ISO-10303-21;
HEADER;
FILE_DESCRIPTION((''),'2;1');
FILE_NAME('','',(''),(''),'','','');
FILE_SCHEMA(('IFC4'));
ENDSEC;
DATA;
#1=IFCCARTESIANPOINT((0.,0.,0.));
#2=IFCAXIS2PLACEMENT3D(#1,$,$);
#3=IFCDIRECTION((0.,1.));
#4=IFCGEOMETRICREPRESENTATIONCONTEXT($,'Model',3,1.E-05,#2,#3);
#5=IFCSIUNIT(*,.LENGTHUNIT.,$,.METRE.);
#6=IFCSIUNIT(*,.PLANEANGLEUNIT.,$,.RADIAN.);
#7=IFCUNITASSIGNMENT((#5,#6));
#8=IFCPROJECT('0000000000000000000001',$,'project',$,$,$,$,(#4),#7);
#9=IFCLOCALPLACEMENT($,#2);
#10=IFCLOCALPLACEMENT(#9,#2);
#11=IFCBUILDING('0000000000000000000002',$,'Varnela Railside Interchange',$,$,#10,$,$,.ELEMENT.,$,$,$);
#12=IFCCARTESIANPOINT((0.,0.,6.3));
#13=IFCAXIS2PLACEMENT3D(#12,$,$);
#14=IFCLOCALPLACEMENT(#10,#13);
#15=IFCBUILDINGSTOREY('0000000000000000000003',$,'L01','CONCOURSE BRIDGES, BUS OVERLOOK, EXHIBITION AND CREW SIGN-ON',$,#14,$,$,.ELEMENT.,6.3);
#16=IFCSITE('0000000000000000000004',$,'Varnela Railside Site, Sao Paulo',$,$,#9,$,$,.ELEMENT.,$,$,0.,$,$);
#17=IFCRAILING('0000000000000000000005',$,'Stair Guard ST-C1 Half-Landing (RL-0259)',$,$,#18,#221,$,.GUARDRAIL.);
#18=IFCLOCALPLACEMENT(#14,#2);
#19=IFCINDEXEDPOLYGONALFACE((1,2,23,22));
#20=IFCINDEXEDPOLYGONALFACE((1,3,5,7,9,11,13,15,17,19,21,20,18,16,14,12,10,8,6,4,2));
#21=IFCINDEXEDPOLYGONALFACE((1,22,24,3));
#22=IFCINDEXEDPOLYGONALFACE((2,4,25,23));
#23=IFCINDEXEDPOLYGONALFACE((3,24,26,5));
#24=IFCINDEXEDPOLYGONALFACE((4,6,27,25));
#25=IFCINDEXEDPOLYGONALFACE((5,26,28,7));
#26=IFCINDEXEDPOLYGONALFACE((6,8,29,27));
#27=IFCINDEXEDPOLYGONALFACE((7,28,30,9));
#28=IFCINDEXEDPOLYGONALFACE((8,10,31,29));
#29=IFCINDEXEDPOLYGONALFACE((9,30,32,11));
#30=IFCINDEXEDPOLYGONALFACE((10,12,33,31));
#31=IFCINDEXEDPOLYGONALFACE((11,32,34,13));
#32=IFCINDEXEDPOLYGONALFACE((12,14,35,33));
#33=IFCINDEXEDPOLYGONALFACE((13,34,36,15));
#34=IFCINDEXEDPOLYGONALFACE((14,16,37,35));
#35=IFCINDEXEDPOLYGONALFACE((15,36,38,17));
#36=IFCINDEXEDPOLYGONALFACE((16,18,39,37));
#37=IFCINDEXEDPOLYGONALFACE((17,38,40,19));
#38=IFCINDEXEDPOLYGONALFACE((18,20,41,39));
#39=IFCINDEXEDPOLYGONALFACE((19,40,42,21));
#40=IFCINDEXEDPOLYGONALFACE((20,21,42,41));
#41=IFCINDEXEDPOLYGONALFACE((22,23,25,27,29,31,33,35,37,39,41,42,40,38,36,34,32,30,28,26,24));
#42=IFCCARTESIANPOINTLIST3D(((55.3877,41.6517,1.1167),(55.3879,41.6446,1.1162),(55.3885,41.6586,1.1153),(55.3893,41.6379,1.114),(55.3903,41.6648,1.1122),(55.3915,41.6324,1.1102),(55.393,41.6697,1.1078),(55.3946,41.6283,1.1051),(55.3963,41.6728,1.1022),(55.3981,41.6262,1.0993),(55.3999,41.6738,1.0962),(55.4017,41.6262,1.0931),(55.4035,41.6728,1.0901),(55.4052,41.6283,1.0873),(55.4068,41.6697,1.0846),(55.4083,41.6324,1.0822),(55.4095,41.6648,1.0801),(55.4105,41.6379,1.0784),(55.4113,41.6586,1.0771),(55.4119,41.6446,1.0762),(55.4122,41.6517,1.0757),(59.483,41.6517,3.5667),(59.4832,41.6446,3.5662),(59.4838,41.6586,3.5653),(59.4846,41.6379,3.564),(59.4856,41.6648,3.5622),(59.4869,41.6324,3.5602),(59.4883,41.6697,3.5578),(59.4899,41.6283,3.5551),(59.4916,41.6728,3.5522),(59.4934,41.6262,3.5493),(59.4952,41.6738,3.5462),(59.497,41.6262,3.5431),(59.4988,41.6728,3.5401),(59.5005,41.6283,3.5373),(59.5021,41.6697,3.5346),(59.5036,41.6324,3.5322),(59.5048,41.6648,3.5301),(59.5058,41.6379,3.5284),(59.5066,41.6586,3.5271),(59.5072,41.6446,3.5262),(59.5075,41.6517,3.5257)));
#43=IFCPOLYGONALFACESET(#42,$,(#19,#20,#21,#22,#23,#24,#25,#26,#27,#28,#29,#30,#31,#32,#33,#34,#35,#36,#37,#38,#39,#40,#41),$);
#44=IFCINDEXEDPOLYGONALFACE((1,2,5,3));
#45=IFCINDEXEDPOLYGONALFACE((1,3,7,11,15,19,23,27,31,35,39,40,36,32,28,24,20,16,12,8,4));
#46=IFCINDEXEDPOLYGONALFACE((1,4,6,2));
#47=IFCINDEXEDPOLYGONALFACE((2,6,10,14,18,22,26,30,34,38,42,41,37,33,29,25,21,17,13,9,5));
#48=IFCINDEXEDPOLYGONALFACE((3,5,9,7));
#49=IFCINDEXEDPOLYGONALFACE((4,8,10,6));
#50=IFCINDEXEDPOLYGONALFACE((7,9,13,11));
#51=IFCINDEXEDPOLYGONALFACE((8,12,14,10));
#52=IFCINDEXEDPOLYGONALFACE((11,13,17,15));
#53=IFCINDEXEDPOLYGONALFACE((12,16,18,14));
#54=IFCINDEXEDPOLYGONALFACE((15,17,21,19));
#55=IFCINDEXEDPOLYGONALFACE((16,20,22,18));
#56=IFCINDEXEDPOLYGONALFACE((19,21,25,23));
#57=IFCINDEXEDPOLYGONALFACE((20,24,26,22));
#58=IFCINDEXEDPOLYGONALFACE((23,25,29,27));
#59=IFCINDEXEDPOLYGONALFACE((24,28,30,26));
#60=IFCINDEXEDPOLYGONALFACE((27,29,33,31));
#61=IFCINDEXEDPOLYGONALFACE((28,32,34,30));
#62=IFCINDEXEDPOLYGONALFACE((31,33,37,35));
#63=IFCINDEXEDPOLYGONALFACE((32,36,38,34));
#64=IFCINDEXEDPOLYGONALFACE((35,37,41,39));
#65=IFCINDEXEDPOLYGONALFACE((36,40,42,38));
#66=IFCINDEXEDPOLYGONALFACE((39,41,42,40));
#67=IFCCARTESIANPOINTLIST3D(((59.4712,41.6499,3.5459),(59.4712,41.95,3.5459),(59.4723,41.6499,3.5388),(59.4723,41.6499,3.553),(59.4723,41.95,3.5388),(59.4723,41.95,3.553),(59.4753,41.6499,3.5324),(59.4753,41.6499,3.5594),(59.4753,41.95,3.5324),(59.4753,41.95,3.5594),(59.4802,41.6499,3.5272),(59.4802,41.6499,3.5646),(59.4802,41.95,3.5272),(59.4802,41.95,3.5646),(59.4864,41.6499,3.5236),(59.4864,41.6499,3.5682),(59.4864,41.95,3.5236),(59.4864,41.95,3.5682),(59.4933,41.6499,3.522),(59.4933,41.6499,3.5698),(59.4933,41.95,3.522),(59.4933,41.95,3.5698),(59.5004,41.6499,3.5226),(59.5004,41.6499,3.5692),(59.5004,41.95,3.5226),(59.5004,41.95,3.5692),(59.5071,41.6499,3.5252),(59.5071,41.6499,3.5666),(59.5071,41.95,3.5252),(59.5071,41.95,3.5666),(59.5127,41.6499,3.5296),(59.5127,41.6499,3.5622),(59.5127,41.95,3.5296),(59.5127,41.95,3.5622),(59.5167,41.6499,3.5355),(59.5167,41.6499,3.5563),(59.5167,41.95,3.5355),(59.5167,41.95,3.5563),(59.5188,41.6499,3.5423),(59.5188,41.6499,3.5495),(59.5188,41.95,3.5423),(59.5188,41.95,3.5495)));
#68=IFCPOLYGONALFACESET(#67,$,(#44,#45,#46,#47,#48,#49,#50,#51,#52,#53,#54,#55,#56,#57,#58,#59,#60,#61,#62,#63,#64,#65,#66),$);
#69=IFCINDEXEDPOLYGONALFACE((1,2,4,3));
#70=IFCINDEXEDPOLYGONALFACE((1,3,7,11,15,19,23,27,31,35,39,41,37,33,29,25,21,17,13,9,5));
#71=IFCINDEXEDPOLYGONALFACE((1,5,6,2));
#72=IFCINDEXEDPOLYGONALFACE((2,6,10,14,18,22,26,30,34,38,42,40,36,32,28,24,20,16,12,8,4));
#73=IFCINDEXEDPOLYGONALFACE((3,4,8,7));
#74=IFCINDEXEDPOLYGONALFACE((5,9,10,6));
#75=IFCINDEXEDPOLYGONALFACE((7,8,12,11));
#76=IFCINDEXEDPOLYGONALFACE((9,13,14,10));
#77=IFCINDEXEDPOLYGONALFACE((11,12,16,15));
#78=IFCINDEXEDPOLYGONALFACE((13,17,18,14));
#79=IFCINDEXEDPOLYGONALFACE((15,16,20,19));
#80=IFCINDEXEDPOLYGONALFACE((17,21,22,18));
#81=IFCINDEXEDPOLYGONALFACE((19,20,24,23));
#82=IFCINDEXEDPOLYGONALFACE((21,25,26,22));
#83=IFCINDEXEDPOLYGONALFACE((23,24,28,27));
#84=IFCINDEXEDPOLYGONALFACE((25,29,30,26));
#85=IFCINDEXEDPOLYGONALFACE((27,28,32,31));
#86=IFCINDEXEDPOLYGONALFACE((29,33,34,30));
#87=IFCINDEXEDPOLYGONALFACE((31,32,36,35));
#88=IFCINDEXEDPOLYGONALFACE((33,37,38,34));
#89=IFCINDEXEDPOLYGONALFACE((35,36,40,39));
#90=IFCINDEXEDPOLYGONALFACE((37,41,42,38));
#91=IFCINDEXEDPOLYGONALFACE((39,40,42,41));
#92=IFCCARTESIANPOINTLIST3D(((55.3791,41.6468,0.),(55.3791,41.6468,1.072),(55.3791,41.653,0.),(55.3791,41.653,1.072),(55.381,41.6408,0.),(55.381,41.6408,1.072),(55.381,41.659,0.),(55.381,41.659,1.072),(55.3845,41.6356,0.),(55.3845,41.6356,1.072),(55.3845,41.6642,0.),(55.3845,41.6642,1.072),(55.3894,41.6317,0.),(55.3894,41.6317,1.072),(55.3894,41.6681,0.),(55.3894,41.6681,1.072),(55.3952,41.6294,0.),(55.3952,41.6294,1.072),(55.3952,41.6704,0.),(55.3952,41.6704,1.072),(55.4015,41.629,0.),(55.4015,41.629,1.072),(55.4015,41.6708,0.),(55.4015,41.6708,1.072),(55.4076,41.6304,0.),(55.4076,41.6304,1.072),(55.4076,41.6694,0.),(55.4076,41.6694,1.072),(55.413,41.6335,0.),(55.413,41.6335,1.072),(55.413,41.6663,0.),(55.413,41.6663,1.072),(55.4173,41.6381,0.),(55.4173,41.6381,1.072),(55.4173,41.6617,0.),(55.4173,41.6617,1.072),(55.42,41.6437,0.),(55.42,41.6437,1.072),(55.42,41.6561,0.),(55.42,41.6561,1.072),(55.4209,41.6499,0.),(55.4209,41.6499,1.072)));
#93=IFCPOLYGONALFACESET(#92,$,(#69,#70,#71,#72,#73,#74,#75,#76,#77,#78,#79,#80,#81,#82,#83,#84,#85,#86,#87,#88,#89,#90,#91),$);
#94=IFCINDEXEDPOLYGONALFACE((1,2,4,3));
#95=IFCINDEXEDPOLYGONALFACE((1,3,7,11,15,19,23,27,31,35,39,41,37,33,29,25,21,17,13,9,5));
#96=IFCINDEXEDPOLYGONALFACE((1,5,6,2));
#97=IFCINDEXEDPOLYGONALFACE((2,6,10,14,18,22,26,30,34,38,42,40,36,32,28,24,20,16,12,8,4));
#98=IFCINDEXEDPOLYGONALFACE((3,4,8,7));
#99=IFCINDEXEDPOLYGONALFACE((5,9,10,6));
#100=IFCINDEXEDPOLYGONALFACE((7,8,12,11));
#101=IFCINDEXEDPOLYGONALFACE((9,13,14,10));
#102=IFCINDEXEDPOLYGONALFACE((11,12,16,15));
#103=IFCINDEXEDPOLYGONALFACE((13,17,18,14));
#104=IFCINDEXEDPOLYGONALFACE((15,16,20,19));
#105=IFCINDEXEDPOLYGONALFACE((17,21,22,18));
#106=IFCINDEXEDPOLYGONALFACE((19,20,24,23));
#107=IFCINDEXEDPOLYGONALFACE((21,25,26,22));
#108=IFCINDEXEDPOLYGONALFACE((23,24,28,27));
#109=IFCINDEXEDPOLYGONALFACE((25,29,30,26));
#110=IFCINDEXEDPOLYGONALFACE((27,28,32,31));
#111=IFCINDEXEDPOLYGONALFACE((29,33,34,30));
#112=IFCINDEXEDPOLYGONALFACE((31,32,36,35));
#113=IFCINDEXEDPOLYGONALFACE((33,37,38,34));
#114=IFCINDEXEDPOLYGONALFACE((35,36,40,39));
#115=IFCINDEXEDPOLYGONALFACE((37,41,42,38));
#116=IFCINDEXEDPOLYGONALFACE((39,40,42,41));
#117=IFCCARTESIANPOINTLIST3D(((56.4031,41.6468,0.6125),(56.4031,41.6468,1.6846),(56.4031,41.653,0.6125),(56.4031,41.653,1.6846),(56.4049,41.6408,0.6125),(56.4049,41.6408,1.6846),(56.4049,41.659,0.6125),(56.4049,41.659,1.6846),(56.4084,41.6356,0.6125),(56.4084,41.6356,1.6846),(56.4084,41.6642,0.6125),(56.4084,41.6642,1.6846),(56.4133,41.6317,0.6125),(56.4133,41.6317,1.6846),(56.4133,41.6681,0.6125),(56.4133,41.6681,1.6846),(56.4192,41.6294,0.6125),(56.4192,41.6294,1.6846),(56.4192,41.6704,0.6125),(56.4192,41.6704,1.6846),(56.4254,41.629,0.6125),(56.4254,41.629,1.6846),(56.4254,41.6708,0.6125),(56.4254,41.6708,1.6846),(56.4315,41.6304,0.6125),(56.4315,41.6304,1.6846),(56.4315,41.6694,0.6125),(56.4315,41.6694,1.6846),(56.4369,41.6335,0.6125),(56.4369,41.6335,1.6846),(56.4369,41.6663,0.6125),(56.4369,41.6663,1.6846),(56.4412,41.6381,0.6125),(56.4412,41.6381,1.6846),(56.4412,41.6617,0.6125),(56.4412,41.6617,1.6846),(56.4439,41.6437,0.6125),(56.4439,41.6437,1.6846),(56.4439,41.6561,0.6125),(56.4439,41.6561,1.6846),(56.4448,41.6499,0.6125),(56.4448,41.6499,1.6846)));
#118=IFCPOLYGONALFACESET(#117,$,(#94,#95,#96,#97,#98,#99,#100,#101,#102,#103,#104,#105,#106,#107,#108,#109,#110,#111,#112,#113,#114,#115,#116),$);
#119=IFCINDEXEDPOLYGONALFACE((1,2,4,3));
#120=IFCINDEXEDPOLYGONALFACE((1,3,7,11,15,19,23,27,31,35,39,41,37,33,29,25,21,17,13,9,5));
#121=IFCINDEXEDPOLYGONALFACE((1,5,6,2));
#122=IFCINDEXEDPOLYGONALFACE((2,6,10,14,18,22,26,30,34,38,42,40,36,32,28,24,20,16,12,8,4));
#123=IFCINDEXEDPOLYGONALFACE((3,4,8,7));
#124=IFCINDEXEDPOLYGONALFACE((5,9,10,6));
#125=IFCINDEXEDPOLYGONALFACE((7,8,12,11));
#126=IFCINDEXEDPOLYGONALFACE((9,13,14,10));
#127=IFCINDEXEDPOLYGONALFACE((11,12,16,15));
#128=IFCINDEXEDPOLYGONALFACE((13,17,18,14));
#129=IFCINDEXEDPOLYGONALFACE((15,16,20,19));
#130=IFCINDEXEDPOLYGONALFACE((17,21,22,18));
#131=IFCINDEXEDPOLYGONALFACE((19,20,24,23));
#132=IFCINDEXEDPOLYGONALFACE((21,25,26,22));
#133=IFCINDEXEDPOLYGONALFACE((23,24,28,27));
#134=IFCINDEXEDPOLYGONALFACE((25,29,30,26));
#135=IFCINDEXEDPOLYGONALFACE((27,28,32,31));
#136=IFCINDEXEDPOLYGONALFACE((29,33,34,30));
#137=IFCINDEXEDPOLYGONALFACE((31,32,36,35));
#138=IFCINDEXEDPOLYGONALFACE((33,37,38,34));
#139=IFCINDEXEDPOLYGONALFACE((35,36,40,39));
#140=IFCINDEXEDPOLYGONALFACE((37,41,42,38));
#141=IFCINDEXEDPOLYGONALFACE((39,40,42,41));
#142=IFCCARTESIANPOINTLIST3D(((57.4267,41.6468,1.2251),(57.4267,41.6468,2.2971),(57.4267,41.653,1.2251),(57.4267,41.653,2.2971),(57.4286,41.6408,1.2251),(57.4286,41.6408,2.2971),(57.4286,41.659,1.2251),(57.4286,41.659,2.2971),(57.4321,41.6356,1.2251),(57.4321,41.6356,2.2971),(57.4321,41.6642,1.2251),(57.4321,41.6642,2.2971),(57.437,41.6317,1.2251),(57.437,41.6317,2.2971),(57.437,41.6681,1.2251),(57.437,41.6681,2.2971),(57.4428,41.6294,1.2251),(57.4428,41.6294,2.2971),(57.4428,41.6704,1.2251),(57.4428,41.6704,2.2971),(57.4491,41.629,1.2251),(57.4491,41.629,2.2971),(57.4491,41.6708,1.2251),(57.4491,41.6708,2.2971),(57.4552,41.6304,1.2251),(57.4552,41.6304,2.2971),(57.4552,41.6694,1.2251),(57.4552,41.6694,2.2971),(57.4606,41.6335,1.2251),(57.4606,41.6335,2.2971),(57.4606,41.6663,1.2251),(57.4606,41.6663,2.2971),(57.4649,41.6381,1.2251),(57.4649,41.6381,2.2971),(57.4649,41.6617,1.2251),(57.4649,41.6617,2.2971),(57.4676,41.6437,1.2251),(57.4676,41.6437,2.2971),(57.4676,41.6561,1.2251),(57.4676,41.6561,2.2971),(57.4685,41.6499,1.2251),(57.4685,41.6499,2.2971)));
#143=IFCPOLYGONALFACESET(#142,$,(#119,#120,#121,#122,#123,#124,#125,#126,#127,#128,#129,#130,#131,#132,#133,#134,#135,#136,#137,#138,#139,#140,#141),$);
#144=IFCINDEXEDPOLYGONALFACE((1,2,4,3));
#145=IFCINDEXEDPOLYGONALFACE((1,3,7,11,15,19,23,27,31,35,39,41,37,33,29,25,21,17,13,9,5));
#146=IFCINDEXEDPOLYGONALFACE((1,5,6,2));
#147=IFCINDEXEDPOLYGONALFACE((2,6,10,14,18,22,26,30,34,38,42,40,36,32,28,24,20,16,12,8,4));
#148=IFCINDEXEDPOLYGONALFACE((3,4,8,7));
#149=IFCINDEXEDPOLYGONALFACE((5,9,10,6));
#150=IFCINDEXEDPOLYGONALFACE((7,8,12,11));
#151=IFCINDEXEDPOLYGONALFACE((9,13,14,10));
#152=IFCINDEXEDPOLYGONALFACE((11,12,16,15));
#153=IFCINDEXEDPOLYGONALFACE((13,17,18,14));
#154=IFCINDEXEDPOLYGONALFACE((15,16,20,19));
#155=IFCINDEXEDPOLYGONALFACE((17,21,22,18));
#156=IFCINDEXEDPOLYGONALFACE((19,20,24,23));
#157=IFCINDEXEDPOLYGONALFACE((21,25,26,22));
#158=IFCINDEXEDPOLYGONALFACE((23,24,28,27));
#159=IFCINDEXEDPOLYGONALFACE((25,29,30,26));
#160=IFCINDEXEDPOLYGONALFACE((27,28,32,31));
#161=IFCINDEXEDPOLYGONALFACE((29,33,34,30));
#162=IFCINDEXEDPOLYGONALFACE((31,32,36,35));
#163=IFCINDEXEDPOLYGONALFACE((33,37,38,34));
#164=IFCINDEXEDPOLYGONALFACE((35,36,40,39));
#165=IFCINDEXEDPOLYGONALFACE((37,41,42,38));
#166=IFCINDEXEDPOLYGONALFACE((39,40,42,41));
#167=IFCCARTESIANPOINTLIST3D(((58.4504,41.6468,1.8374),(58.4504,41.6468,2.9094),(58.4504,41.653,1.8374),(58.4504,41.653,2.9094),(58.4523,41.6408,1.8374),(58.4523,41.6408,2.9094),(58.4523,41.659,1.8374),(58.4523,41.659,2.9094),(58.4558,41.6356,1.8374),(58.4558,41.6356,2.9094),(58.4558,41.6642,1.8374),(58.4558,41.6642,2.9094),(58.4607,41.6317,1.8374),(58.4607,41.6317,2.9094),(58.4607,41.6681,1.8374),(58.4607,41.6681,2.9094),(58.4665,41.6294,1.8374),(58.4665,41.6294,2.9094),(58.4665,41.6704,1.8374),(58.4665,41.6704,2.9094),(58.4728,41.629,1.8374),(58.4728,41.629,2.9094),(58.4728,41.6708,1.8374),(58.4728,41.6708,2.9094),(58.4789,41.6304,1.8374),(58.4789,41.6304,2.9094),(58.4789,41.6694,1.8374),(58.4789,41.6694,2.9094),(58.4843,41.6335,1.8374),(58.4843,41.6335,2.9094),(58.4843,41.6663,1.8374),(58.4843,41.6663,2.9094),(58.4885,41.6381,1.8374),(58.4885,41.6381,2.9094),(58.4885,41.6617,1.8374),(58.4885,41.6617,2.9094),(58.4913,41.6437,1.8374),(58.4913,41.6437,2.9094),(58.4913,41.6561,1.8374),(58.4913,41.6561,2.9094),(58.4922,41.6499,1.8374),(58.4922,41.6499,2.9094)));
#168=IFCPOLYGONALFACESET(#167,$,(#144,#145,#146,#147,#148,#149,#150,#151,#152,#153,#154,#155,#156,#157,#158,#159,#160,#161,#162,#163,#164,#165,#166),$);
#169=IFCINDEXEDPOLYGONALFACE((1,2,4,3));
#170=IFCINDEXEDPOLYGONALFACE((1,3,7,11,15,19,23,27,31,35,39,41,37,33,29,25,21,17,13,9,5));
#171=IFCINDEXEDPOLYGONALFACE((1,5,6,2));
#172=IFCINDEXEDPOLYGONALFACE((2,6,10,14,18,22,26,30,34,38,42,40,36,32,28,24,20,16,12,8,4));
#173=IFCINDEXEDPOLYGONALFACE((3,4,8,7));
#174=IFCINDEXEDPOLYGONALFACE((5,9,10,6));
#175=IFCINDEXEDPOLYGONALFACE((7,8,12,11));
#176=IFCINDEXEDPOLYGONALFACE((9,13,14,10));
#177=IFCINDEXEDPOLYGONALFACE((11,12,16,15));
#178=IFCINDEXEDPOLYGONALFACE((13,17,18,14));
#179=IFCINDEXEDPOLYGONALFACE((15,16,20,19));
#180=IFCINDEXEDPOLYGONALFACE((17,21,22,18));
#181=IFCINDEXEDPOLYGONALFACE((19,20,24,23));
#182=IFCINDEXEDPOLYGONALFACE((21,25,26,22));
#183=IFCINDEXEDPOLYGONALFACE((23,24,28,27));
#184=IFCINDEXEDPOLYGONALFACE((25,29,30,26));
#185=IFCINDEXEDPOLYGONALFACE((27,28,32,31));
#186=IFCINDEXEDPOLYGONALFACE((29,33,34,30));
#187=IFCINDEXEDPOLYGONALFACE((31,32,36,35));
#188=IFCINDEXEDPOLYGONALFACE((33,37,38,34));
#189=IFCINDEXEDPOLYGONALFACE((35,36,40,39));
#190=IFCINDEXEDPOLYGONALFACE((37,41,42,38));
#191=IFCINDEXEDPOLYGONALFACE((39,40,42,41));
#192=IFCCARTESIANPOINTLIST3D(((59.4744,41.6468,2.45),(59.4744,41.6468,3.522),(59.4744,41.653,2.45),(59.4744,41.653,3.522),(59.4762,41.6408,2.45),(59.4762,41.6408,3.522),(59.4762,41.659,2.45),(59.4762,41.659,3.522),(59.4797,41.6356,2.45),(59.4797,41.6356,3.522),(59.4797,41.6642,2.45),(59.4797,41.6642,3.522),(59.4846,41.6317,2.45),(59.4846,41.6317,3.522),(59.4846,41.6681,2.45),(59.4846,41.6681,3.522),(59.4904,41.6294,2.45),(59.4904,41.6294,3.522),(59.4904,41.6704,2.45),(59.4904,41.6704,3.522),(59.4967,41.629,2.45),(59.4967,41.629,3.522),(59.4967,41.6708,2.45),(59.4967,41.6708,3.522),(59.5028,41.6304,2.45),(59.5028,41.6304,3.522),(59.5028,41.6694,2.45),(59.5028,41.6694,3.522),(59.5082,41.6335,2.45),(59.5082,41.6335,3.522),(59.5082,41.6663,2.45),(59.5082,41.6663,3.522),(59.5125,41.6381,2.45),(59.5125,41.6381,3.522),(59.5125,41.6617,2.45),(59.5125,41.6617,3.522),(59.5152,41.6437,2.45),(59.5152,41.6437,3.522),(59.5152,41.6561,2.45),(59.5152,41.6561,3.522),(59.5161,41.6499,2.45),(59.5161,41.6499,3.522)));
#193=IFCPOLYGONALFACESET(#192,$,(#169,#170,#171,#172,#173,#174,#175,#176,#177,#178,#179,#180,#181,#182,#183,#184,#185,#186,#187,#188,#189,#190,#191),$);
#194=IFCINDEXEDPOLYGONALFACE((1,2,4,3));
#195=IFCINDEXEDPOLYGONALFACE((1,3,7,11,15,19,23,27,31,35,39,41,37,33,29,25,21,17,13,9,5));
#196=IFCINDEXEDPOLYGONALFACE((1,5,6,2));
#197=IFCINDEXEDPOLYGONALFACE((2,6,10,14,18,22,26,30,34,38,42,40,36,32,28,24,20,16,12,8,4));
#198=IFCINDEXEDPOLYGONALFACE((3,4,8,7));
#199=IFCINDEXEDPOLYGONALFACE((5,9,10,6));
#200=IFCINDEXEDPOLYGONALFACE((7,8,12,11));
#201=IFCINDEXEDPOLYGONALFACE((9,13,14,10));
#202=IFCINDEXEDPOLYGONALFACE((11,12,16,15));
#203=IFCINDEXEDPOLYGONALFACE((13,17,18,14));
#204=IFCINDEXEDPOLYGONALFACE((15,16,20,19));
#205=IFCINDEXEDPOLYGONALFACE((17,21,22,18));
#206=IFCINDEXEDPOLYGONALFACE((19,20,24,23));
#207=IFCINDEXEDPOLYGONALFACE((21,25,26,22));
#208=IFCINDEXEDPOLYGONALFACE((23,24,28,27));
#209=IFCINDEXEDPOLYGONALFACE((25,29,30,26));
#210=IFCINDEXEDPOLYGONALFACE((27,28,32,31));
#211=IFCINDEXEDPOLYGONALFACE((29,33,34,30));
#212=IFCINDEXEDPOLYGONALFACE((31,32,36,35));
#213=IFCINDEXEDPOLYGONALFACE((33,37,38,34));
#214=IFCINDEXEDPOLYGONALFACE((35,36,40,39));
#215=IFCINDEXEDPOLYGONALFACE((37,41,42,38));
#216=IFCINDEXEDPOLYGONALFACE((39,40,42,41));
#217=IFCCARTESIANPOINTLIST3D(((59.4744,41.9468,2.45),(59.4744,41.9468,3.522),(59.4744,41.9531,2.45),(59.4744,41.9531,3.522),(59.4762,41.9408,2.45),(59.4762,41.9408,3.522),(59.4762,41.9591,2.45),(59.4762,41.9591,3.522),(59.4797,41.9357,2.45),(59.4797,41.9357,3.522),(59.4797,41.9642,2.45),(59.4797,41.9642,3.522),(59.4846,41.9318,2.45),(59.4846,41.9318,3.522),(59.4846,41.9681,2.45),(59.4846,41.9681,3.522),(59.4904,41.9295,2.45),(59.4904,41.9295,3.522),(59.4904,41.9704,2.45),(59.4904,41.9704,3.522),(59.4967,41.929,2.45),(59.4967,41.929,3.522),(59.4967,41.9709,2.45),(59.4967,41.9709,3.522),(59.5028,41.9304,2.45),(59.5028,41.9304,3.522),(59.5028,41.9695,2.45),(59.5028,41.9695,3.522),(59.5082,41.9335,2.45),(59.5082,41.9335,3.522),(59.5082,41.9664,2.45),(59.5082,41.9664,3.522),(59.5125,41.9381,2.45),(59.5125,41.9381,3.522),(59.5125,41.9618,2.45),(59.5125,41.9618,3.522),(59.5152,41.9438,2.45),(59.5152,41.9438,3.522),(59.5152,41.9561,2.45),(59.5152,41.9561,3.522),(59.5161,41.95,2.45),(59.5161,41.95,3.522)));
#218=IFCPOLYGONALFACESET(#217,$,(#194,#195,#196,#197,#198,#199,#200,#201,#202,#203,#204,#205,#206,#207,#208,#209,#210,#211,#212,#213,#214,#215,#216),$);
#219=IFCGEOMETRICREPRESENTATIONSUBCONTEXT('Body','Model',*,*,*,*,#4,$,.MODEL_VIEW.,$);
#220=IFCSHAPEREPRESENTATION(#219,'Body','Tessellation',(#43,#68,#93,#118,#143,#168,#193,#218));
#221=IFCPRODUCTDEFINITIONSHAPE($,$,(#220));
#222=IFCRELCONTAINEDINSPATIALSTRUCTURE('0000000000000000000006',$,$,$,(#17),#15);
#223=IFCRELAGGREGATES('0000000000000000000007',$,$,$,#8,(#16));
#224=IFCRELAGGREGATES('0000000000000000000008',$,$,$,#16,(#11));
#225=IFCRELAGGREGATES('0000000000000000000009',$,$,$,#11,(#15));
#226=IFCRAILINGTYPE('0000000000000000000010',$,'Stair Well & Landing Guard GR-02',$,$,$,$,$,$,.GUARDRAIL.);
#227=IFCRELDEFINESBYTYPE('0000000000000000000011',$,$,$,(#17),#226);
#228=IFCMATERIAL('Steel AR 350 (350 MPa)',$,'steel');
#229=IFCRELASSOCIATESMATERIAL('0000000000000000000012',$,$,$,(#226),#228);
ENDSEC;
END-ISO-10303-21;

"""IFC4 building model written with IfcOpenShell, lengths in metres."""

from ifc_helpers import new_model, si_unit, direction, frame, origin, origin_2d, place, context, subcontext, project, spatial, circle, extrude, material, type_object, element, save


model = new_model("IFC4")

# Units and contexts
model_context = context("Model", 3, precision=1e-05, world=origin(), true_north=direction((0.0, 1.0)))
body_context = subcontext(model_context, "Body", "Model", "MODEL_VIEW")
ifc_project = project(units=[si_unit("LENGTHUNIT", "METRE"), si_unit("PLANEANGLEUNIT", "RADIAN")], contexts=[model_context])

# Site, building, storey
site_placement = place(None, origin())
site = spatial("IfcSite", under=ifc_project, at=site_placement, Name="Varnela Railside Site, Sao Paulo", CompositionType="ELEMENT", RefElevation=0.0)
building_placement = place(site_placement, origin())
building = spatial("IfcBuilding", under=site, at=building_placement, Name="Varnela Railside Interchange", CompositionType="ELEMENT")
storey_placement = place(building_placement, frame((0.0, 0.0, 6.3)))
storey = spatial("IfcBuildingStorey", under=building, at=storey_placement, Name="L01", Description="CONCOURSE BRIDGES, BUS OVERLOOK, EXHIBITION AND CREW SIGN-ON", CompositionType="ELEMENT", Elevation=6.3)

# Shared definitions
ifc_material_1 = material(Name="Steel AR 350 (350 MPa)", Category="steel")

# Railing
railing_type_1 = type_object("IfcRailingType", Name="Stair Well & Landing Guard GR-02", PredefinedType="GUARDRAIL", material=ifc_material_1)
railing_1_placement = place(storey_placement, frame((55.3999, 41.6499, 0.0)))
element("IfcRailing", 1, at=railing_1_placement, inside=storey, type_object=railing_type_1, Name="Stair Guard ST-C1 Half-Landing (RL-0259)", PredefinedType="GUARDRAIL", context=body_context, shape_type="SweptSolid", body=[
    extrude(circle(Radius=0.0239, at=origin_2d()), frame((0.0, 0.0, 1.0962), z_axis=(0.858156, 0.0, 0.513389), x_axis=(0.0, 1.0, 0.0)), (0.0, 0.0, 1.0), 4.7722),
    extrude(circle(Radius=0.0239, at=origin_2d()), frame((4.0952, 0.0, 3.5459), z_axis=(0.0, 1.0, 0.0), x_axis=(-1.0, 0.0, 0.0)), (0.0, 0.0, 1.0), 0.3),
    extrude(circle(Radius=0.021, at=origin_2d()), origin(), (0.0, 0.0, 1.0), 1.072),
    extrude(circle(Radius=0.021, at=origin_2d()), frame((1.0239, 0.0, 0.6125)), (0.0, 0.0, 1.0), 1.072),
    extrude(circle(Radius=0.021, at=origin_2d()), frame((2.0476, 0.0, 1.2251)), (0.0, 0.0, 1.0), 1.072),
    extrude(circle(Radius=0.021, at=origin_2d()), frame((3.0713, 0.0, 1.8374)), (0.0, 0.0, 1.0), 1.072),
    extrude(circle(Radius=0.021, at=origin_2d()), frame((4.0952, 0.0, 2.45)), (0.0, 0.0, 1.0), 1.072),
    extrude(circle(Radius=0.021, at=origin_2d()), frame((4.0952, 0.3, 2.45)), (0.0, 0.0, 1.0), 1.072),
])

save(model, "model.ifc")
